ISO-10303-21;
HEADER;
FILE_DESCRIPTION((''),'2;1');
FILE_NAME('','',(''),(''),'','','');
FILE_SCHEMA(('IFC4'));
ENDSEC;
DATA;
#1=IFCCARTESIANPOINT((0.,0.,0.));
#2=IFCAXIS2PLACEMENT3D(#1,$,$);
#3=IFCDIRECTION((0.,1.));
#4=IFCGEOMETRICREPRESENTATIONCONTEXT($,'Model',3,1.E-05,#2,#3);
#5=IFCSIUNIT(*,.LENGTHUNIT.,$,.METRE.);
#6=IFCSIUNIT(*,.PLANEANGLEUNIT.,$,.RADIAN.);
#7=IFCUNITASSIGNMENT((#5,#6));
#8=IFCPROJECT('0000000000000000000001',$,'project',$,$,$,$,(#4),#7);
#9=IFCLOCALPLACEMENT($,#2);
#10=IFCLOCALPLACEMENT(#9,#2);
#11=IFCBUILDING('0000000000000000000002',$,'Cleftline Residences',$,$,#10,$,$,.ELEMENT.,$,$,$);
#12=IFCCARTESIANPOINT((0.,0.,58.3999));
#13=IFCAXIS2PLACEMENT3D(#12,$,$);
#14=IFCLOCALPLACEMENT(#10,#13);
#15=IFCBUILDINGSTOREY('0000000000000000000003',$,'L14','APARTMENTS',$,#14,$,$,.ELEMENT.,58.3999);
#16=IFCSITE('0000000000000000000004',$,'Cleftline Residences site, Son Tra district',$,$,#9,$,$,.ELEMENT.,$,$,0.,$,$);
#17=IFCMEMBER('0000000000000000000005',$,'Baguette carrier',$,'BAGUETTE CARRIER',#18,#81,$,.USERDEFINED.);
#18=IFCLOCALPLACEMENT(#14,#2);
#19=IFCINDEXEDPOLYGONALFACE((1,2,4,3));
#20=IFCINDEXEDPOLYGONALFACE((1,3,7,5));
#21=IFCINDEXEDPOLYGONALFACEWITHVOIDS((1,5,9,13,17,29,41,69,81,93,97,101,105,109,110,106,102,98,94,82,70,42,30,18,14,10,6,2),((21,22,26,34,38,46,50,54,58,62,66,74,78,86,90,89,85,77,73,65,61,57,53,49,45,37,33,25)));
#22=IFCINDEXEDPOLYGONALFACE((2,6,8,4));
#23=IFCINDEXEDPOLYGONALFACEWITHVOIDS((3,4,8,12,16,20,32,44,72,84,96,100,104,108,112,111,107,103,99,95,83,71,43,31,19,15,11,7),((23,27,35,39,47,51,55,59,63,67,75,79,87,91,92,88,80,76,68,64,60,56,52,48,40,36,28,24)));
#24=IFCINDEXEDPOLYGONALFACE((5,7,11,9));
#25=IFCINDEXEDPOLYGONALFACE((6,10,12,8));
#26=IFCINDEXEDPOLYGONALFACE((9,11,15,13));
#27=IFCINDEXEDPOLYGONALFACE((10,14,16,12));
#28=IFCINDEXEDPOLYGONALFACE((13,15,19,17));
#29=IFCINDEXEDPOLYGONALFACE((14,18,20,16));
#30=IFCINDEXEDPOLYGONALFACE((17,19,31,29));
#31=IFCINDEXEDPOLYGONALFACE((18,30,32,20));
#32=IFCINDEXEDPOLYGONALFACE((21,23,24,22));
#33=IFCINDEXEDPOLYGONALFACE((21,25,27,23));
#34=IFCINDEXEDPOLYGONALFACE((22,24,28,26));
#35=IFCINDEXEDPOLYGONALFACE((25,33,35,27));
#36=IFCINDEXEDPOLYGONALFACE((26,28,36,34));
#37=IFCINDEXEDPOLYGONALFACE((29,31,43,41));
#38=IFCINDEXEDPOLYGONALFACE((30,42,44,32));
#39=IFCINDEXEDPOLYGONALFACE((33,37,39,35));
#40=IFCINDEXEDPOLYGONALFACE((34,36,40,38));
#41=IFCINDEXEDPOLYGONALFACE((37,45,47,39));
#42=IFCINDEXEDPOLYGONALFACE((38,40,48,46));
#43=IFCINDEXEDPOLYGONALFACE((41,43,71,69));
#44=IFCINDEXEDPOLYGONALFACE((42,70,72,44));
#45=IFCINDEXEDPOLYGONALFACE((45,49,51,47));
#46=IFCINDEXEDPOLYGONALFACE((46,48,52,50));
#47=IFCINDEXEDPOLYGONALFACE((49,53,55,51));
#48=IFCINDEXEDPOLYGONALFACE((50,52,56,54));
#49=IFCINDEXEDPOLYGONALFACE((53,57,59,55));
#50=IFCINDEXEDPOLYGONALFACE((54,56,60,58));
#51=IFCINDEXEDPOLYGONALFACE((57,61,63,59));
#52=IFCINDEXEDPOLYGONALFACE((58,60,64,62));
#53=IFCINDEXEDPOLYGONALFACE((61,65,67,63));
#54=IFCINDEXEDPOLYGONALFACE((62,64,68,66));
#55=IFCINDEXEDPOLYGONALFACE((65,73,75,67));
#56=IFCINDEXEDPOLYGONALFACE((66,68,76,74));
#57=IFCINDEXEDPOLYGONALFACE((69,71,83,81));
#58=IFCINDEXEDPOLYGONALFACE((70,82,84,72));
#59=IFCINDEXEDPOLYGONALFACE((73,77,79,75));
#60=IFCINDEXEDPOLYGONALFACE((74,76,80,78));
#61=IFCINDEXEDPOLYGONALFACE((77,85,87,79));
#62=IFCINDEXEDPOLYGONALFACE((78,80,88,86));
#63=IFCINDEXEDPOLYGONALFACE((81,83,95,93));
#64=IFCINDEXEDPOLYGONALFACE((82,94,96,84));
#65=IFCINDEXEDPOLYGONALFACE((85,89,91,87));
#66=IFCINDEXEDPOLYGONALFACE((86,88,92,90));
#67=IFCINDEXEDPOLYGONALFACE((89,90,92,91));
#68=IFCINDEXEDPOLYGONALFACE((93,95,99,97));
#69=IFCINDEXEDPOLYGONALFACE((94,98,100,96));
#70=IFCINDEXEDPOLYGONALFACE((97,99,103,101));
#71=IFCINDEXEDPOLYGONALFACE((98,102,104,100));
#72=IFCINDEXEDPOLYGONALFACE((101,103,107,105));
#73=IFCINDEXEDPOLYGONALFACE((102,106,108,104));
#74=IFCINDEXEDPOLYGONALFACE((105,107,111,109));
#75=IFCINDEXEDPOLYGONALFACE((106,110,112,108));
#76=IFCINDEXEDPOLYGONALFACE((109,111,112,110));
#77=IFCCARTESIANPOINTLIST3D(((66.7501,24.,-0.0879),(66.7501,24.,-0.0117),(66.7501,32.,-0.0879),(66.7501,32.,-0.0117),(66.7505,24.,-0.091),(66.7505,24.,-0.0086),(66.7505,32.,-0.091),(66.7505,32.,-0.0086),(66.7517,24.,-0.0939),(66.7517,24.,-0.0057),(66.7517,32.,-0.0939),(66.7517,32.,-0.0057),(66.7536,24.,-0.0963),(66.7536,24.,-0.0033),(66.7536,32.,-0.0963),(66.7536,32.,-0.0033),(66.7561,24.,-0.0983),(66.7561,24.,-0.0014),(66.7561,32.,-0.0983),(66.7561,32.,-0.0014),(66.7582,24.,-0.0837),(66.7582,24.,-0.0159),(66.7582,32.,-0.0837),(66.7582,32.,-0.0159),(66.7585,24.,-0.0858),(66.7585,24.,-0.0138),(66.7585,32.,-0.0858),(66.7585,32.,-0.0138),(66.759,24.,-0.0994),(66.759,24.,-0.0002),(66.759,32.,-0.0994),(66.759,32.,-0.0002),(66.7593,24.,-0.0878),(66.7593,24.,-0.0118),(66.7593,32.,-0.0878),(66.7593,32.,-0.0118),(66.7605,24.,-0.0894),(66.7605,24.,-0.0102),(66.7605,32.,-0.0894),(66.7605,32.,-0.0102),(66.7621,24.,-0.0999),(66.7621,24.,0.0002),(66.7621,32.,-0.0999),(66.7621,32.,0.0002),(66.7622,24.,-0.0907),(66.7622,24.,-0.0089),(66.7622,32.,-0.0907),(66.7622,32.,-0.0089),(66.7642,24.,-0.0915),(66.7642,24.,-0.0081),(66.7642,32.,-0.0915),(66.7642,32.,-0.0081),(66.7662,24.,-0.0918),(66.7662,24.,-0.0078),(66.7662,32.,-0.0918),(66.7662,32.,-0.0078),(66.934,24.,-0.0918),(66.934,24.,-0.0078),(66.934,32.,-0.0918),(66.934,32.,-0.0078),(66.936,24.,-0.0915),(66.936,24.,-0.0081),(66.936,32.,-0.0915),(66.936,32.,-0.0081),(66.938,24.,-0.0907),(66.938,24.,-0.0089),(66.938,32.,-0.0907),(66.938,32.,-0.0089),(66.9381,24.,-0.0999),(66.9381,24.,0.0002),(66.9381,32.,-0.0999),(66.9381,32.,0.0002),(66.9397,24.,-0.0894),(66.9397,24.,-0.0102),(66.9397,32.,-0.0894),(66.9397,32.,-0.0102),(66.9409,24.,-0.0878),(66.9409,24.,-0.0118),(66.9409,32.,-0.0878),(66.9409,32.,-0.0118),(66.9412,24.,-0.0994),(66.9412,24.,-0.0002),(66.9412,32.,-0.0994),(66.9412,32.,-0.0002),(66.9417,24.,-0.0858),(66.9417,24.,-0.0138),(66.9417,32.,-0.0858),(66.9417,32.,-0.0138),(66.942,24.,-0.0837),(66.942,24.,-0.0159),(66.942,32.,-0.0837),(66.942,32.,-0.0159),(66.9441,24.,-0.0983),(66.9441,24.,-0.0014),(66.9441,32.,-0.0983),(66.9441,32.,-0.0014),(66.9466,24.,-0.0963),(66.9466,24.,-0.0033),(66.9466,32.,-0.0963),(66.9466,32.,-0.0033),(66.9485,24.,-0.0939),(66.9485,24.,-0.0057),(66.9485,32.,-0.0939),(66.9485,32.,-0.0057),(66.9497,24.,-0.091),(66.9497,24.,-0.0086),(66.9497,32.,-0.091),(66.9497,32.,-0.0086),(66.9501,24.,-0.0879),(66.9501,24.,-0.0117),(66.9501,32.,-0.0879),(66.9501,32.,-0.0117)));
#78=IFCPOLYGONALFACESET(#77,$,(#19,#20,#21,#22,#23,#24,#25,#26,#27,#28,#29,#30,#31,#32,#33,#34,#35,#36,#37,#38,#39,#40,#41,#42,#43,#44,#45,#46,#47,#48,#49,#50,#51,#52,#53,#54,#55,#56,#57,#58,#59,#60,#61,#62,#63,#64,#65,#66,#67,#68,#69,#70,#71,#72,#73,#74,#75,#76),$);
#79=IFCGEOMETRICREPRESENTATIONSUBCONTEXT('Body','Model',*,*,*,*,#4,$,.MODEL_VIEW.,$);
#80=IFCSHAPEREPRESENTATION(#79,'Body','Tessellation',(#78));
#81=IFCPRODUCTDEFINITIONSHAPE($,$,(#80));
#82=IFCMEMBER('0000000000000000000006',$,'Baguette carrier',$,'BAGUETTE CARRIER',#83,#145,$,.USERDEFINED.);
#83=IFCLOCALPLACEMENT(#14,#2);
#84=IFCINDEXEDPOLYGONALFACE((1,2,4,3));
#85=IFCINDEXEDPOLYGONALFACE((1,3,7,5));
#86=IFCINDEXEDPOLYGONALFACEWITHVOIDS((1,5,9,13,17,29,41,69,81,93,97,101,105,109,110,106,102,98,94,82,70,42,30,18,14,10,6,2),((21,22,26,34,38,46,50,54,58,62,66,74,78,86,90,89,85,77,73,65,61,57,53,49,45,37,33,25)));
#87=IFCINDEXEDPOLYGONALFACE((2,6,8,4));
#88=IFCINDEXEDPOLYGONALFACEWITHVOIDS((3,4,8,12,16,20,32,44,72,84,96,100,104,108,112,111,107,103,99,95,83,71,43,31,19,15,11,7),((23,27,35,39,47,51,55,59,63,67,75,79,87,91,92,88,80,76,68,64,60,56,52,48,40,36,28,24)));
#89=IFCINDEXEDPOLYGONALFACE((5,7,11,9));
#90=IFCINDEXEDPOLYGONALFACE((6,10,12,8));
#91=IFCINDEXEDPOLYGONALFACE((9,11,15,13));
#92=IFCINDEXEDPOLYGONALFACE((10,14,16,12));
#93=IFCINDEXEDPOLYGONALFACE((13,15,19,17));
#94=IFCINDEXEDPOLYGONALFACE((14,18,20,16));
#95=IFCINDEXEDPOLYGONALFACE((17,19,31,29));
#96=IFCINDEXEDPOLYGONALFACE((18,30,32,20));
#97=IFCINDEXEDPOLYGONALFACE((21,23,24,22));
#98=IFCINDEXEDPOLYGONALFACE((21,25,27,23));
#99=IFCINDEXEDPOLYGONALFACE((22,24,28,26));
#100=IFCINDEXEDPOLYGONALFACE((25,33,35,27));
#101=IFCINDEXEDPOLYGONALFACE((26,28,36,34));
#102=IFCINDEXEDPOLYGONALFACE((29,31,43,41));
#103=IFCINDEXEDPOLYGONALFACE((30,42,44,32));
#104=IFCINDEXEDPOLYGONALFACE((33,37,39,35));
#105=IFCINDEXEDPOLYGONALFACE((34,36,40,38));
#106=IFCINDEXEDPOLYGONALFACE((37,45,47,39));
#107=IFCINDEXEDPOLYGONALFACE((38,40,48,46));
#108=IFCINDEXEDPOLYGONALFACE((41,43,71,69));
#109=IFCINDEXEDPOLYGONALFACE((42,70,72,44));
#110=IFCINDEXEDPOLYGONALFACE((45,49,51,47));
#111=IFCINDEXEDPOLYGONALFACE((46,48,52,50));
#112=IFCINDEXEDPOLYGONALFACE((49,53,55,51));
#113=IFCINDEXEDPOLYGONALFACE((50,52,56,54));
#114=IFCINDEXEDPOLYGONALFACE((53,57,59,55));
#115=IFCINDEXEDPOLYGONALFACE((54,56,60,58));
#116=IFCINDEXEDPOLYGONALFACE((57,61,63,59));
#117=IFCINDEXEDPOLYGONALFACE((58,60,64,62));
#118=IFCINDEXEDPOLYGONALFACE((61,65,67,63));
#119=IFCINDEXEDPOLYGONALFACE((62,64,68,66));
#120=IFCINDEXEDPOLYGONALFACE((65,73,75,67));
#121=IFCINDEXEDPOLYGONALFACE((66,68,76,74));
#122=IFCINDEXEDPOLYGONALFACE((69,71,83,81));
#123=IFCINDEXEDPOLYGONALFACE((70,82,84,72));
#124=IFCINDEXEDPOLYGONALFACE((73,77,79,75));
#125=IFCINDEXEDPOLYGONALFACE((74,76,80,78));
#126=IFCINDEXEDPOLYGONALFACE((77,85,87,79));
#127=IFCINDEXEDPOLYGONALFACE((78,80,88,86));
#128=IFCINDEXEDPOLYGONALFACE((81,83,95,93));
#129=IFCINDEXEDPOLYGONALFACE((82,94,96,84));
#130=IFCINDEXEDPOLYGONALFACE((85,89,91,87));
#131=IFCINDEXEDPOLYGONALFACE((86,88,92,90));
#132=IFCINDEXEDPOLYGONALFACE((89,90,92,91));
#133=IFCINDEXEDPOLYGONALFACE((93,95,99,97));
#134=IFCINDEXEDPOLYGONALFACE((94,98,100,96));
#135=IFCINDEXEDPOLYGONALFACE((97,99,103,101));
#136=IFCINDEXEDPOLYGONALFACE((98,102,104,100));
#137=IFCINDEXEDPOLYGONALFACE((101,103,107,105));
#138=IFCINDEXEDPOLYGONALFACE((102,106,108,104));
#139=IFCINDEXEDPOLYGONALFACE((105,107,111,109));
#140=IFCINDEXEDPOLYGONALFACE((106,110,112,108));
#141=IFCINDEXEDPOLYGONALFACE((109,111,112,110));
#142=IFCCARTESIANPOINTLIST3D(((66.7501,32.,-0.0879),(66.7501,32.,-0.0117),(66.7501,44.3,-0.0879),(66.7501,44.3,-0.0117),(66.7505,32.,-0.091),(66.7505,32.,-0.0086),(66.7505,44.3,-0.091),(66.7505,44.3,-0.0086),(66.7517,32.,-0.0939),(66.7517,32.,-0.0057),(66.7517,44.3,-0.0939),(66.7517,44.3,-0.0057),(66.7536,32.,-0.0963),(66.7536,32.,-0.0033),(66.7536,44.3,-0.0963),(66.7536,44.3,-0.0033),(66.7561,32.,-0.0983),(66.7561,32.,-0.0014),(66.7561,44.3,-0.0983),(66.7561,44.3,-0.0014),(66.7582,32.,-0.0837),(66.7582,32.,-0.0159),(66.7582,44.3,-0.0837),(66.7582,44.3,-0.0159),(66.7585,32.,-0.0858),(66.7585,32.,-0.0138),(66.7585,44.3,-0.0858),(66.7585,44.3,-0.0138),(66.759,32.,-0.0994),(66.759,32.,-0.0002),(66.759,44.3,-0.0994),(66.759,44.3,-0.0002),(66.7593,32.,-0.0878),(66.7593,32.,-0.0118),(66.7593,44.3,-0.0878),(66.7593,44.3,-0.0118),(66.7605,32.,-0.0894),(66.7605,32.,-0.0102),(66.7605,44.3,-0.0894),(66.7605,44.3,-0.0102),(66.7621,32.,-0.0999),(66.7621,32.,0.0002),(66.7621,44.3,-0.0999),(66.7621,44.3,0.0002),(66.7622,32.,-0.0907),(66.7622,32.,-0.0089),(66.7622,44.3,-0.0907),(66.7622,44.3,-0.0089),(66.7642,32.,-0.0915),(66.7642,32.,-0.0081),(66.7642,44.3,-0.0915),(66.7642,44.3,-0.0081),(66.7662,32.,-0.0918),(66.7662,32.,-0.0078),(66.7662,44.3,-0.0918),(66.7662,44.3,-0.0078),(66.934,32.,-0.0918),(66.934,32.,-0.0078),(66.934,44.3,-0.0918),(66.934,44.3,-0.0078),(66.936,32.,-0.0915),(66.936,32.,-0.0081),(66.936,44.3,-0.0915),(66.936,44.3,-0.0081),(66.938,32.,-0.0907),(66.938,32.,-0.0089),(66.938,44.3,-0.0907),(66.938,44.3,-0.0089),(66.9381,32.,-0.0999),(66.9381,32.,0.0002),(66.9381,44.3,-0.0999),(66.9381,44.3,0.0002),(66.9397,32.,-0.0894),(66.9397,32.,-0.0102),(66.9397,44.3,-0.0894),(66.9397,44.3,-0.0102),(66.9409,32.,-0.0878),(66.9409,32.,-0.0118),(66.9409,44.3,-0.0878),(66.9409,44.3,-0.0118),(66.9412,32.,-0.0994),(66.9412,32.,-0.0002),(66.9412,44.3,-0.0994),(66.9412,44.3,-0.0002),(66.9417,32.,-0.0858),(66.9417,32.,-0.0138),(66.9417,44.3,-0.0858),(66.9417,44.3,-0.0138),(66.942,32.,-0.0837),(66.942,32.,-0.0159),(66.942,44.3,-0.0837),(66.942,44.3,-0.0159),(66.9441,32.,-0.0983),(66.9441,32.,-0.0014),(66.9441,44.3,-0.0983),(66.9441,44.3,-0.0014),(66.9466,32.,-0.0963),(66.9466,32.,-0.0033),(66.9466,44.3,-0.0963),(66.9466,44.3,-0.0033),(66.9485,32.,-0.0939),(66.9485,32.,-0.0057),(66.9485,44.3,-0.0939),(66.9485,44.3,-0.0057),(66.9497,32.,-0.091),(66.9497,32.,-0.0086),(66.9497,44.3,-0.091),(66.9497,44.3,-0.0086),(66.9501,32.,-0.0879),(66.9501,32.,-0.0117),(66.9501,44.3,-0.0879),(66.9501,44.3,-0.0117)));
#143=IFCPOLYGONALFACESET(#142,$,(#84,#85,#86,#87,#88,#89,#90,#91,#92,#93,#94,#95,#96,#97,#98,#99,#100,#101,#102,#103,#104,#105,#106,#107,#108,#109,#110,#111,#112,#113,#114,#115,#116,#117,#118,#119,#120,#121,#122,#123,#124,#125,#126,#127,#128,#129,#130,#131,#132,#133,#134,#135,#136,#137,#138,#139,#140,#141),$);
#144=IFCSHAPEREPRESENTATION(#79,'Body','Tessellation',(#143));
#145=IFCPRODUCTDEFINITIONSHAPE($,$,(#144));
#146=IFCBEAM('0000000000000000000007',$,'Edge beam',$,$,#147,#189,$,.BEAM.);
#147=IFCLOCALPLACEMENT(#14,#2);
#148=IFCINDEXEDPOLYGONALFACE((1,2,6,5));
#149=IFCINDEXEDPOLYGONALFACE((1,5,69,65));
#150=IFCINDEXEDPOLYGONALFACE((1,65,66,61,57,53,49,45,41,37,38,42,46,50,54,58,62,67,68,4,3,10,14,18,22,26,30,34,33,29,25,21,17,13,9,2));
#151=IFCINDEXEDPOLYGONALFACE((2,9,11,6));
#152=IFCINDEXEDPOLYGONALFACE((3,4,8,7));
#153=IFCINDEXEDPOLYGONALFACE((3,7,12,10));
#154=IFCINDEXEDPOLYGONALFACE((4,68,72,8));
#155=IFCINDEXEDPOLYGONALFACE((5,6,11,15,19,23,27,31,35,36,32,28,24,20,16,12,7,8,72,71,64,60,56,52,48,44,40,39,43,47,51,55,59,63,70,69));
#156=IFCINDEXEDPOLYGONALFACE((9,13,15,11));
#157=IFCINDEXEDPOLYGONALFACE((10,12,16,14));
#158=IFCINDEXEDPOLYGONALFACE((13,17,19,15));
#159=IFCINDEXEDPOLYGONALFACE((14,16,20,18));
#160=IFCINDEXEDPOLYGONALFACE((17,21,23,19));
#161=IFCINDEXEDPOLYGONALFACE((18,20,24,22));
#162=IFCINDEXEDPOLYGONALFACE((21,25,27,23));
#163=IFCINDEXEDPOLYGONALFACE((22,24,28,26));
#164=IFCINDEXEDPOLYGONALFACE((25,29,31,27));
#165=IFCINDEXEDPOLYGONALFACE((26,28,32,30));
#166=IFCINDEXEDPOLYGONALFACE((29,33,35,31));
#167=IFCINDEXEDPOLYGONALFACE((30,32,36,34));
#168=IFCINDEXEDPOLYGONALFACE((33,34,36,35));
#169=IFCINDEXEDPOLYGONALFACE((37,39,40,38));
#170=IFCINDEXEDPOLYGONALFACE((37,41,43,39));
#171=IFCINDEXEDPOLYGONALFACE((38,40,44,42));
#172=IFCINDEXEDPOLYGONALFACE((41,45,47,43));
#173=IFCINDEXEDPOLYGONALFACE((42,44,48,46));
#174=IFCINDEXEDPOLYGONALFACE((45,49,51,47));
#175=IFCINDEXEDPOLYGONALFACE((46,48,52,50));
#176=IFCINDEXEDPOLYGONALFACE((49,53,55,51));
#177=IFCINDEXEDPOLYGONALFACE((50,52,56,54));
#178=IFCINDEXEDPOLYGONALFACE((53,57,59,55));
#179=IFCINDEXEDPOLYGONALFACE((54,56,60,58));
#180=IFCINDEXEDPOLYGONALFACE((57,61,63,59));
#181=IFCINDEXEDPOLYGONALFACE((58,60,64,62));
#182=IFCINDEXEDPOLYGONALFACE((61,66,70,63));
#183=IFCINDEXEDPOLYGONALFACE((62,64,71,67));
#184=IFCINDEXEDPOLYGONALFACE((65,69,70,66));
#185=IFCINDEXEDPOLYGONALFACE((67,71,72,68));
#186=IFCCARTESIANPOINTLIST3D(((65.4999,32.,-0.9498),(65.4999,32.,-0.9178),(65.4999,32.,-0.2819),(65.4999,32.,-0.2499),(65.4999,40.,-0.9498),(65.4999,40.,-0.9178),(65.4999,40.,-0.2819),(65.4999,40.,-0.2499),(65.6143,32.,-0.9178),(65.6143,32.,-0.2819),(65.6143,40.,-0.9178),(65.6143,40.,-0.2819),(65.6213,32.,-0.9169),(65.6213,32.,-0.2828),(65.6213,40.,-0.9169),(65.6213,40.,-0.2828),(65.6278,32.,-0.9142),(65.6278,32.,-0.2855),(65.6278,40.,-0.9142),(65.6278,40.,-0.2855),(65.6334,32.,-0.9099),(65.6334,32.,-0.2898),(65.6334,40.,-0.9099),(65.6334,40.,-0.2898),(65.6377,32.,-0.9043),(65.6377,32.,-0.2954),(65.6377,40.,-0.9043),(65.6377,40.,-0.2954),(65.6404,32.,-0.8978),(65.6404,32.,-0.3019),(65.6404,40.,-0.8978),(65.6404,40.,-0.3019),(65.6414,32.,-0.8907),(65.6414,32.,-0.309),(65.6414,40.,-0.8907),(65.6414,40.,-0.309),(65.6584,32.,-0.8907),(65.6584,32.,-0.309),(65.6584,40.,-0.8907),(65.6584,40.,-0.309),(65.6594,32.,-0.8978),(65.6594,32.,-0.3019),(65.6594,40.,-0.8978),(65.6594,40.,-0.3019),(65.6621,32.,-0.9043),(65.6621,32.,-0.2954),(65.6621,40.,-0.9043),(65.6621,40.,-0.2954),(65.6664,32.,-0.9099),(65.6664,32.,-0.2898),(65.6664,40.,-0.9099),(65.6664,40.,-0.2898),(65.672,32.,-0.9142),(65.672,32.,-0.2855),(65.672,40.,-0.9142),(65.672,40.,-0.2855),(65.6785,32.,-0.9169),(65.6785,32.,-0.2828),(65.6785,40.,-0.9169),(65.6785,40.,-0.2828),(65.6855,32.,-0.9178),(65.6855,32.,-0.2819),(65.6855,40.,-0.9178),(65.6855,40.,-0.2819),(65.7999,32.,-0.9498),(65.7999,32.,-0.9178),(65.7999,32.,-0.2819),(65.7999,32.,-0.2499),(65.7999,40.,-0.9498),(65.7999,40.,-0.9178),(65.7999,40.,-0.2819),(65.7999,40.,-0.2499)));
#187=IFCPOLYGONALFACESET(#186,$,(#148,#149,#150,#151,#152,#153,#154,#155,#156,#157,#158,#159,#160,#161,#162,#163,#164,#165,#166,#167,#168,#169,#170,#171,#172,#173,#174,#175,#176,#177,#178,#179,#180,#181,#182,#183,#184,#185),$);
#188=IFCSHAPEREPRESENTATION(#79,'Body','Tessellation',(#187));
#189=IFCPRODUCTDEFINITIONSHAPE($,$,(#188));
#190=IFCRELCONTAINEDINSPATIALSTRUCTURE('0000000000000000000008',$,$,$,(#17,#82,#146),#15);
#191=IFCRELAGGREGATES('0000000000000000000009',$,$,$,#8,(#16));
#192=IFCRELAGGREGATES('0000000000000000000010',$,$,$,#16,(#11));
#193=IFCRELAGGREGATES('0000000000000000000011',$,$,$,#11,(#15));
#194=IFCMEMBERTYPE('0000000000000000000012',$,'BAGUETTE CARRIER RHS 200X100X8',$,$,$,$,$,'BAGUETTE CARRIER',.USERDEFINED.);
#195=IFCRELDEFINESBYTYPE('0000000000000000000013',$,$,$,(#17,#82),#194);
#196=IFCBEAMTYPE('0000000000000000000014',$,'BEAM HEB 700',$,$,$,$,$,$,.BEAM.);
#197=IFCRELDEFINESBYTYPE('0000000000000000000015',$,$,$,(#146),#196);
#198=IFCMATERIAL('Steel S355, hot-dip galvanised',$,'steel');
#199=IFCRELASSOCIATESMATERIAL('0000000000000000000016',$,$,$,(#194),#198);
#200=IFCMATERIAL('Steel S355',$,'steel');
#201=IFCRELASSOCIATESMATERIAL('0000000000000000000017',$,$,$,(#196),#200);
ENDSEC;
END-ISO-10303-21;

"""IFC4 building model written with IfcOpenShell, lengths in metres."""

from ifc_helpers import new_model, si_unit, direction, frame, origin, origin_2d, place, context, subcontext, project, spatial, hollow_rectangle, i_section, extrude, material, material_profile, profile_set, type_object, element, save


model = new_model("IFC4")

# Units and contexts
model_context = context("Model", 3, precision=1e-05, world=origin(), true_north=direction((0.0, 1.0)))
body_context = subcontext(model_context, "Body", "Model", "MODEL_VIEW")
ifc_project = project(units=[si_unit("LENGTHUNIT", "METRE"), si_unit("PLANEANGLEUNIT", "RADIAN")], contexts=[model_context])

# Site, building, storey
site_placement = place(None, origin())
site = spatial("IfcSite", under=ifc_project, at=site_placement, Name="Cleftline Residences site, Son Tra district", CompositionType="ELEMENT", RefElevation=0.0)
building_placement = place(site_placement, origin())
building = spatial("IfcBuilding", under=site, at=building_placement, Name="Cleftline Residences", CompositionType="ELEMENT")
storey_placement = place(building_placement, frame((0.0, 0.0, 58.3999)))
storey = spatial("IfcBuildingStorey", under=building, at=storey_placement, Name="L14", Description="APARTMENTS", CompositionType="ELEMENT", Elevation=58.3999)

# Members
ifc_material_1 = material(Name="Steel S355, hot-dip galvanised", Category="steel")
ifc_material_profile_1 = material_profile(ifc_material_1, hollow_rectangle(XDim=0.1001, YDim=0.2, WallThickness=0.0081, InnerFilletRadius=0.0081, OuterFilletRadius=0.012, at=origin_2d()))
ifc_profile_set_1 = profile_set([ifc_material_profile_1], Name="Steel S355, hot-dip galvanised")
member_type_1 = type_object("IfcMemberType", Name="BAGUETTE CARRIER RHS 200X100X8", ElementType="BAGUETTE CARRIER", PredefinedType="USERDEFINED", material=ifc_profile_set_1)
member_1_placement = place(storey_placement, frame((66.8501, 24.0, -0.0498), z_axis=(0.0, 1.0, 0.0), x_axis=(0.0, 0.0, 1.0)))
element("IfcMember", 1, at=member_1_placement, inside=storey, type_object=member_type_1, Name="Baguette carrier", ObjectType="BAGUETTE CARRIER", PredefinedType="USERDEFINED", context=body_context, shape_type="SweptSolid", body=[
    extrude(hollow_rectangle(XDim=0.1001, YDim=0.2, WallThickness=0.0081, InnerFilletRadius=0.0081, OuterFilletRadius=0.012, at=origin_2d()), origin(), (0.0, 0.0, 1.0), 8.0),
])
member_2_placement = place(storey_placement, frame((66.8501, 32.0, -0.0498), z_axis=(0.0, 1.0, 0.0), x_axis=(0.0, 0.0, 1.0)))
element("IfcMember", 2, at=member_2_placement, inside=storey, type_object=member_type_1, Name="Baguette carrier", ObjectType="BAGUETTE CARRIER", PredefinedType="USERDEFINED", context=body_context, shape_type="SweptSolid", body=[
    extrude(hollow_rectangle(XDim=0.1001, YDim=0.2, WallThickness=0.0081, InnerFilletRadius=0.0081, OuterFilletRadius=0.012, at=origin_2d()), origin(), (0.0, 0.0, 1.0), 12.3),
])

# Beam
ifc_material_2 = material(Name="Steel S355", Category="steel")
ifc_material_profile_2 = material_profile(ifc_material_2, i_section(OverallWidth=0.3, OverallDepth=0.7, WebThickness=0.0171, FlangeThickness=0.032, FilletRadius=0.0271, at=origin_2d()))
ifc_profile_set_2 = profile_set([ifc_material_profile_2], Name="Steel S355")
beam_type_1 = type_object("IfcBeamType", Name="BEAM HEB 700", PredefinedType="BEAM", material=ifc_profile_set_2)
beam_1_placement = place(storey_placement, frame((65.6499, 32.0, -0.5999), z_axis=(0.0, 1.0, 0.0), x_axis=(-1.0, 0.0, 0.0)))
element("IfcBeam", 3, at=beam_1_placement, inside=storey, type_object=beam_type_1, Name="Edge beam", PredefinedType="BEAM", context=body_context, shape_type="SweptSolid", body=[
    extrude(i_section(OverallWidth=0.3, OverallDepth=0.7, WebThickness=0.0171, FlangeThickness=0.032, FilletRadius=0.0271, at=origin_2d()), origin(), (0.0, 0.0, 1.0), 8.0),
])

save(model, "model.ifc")
